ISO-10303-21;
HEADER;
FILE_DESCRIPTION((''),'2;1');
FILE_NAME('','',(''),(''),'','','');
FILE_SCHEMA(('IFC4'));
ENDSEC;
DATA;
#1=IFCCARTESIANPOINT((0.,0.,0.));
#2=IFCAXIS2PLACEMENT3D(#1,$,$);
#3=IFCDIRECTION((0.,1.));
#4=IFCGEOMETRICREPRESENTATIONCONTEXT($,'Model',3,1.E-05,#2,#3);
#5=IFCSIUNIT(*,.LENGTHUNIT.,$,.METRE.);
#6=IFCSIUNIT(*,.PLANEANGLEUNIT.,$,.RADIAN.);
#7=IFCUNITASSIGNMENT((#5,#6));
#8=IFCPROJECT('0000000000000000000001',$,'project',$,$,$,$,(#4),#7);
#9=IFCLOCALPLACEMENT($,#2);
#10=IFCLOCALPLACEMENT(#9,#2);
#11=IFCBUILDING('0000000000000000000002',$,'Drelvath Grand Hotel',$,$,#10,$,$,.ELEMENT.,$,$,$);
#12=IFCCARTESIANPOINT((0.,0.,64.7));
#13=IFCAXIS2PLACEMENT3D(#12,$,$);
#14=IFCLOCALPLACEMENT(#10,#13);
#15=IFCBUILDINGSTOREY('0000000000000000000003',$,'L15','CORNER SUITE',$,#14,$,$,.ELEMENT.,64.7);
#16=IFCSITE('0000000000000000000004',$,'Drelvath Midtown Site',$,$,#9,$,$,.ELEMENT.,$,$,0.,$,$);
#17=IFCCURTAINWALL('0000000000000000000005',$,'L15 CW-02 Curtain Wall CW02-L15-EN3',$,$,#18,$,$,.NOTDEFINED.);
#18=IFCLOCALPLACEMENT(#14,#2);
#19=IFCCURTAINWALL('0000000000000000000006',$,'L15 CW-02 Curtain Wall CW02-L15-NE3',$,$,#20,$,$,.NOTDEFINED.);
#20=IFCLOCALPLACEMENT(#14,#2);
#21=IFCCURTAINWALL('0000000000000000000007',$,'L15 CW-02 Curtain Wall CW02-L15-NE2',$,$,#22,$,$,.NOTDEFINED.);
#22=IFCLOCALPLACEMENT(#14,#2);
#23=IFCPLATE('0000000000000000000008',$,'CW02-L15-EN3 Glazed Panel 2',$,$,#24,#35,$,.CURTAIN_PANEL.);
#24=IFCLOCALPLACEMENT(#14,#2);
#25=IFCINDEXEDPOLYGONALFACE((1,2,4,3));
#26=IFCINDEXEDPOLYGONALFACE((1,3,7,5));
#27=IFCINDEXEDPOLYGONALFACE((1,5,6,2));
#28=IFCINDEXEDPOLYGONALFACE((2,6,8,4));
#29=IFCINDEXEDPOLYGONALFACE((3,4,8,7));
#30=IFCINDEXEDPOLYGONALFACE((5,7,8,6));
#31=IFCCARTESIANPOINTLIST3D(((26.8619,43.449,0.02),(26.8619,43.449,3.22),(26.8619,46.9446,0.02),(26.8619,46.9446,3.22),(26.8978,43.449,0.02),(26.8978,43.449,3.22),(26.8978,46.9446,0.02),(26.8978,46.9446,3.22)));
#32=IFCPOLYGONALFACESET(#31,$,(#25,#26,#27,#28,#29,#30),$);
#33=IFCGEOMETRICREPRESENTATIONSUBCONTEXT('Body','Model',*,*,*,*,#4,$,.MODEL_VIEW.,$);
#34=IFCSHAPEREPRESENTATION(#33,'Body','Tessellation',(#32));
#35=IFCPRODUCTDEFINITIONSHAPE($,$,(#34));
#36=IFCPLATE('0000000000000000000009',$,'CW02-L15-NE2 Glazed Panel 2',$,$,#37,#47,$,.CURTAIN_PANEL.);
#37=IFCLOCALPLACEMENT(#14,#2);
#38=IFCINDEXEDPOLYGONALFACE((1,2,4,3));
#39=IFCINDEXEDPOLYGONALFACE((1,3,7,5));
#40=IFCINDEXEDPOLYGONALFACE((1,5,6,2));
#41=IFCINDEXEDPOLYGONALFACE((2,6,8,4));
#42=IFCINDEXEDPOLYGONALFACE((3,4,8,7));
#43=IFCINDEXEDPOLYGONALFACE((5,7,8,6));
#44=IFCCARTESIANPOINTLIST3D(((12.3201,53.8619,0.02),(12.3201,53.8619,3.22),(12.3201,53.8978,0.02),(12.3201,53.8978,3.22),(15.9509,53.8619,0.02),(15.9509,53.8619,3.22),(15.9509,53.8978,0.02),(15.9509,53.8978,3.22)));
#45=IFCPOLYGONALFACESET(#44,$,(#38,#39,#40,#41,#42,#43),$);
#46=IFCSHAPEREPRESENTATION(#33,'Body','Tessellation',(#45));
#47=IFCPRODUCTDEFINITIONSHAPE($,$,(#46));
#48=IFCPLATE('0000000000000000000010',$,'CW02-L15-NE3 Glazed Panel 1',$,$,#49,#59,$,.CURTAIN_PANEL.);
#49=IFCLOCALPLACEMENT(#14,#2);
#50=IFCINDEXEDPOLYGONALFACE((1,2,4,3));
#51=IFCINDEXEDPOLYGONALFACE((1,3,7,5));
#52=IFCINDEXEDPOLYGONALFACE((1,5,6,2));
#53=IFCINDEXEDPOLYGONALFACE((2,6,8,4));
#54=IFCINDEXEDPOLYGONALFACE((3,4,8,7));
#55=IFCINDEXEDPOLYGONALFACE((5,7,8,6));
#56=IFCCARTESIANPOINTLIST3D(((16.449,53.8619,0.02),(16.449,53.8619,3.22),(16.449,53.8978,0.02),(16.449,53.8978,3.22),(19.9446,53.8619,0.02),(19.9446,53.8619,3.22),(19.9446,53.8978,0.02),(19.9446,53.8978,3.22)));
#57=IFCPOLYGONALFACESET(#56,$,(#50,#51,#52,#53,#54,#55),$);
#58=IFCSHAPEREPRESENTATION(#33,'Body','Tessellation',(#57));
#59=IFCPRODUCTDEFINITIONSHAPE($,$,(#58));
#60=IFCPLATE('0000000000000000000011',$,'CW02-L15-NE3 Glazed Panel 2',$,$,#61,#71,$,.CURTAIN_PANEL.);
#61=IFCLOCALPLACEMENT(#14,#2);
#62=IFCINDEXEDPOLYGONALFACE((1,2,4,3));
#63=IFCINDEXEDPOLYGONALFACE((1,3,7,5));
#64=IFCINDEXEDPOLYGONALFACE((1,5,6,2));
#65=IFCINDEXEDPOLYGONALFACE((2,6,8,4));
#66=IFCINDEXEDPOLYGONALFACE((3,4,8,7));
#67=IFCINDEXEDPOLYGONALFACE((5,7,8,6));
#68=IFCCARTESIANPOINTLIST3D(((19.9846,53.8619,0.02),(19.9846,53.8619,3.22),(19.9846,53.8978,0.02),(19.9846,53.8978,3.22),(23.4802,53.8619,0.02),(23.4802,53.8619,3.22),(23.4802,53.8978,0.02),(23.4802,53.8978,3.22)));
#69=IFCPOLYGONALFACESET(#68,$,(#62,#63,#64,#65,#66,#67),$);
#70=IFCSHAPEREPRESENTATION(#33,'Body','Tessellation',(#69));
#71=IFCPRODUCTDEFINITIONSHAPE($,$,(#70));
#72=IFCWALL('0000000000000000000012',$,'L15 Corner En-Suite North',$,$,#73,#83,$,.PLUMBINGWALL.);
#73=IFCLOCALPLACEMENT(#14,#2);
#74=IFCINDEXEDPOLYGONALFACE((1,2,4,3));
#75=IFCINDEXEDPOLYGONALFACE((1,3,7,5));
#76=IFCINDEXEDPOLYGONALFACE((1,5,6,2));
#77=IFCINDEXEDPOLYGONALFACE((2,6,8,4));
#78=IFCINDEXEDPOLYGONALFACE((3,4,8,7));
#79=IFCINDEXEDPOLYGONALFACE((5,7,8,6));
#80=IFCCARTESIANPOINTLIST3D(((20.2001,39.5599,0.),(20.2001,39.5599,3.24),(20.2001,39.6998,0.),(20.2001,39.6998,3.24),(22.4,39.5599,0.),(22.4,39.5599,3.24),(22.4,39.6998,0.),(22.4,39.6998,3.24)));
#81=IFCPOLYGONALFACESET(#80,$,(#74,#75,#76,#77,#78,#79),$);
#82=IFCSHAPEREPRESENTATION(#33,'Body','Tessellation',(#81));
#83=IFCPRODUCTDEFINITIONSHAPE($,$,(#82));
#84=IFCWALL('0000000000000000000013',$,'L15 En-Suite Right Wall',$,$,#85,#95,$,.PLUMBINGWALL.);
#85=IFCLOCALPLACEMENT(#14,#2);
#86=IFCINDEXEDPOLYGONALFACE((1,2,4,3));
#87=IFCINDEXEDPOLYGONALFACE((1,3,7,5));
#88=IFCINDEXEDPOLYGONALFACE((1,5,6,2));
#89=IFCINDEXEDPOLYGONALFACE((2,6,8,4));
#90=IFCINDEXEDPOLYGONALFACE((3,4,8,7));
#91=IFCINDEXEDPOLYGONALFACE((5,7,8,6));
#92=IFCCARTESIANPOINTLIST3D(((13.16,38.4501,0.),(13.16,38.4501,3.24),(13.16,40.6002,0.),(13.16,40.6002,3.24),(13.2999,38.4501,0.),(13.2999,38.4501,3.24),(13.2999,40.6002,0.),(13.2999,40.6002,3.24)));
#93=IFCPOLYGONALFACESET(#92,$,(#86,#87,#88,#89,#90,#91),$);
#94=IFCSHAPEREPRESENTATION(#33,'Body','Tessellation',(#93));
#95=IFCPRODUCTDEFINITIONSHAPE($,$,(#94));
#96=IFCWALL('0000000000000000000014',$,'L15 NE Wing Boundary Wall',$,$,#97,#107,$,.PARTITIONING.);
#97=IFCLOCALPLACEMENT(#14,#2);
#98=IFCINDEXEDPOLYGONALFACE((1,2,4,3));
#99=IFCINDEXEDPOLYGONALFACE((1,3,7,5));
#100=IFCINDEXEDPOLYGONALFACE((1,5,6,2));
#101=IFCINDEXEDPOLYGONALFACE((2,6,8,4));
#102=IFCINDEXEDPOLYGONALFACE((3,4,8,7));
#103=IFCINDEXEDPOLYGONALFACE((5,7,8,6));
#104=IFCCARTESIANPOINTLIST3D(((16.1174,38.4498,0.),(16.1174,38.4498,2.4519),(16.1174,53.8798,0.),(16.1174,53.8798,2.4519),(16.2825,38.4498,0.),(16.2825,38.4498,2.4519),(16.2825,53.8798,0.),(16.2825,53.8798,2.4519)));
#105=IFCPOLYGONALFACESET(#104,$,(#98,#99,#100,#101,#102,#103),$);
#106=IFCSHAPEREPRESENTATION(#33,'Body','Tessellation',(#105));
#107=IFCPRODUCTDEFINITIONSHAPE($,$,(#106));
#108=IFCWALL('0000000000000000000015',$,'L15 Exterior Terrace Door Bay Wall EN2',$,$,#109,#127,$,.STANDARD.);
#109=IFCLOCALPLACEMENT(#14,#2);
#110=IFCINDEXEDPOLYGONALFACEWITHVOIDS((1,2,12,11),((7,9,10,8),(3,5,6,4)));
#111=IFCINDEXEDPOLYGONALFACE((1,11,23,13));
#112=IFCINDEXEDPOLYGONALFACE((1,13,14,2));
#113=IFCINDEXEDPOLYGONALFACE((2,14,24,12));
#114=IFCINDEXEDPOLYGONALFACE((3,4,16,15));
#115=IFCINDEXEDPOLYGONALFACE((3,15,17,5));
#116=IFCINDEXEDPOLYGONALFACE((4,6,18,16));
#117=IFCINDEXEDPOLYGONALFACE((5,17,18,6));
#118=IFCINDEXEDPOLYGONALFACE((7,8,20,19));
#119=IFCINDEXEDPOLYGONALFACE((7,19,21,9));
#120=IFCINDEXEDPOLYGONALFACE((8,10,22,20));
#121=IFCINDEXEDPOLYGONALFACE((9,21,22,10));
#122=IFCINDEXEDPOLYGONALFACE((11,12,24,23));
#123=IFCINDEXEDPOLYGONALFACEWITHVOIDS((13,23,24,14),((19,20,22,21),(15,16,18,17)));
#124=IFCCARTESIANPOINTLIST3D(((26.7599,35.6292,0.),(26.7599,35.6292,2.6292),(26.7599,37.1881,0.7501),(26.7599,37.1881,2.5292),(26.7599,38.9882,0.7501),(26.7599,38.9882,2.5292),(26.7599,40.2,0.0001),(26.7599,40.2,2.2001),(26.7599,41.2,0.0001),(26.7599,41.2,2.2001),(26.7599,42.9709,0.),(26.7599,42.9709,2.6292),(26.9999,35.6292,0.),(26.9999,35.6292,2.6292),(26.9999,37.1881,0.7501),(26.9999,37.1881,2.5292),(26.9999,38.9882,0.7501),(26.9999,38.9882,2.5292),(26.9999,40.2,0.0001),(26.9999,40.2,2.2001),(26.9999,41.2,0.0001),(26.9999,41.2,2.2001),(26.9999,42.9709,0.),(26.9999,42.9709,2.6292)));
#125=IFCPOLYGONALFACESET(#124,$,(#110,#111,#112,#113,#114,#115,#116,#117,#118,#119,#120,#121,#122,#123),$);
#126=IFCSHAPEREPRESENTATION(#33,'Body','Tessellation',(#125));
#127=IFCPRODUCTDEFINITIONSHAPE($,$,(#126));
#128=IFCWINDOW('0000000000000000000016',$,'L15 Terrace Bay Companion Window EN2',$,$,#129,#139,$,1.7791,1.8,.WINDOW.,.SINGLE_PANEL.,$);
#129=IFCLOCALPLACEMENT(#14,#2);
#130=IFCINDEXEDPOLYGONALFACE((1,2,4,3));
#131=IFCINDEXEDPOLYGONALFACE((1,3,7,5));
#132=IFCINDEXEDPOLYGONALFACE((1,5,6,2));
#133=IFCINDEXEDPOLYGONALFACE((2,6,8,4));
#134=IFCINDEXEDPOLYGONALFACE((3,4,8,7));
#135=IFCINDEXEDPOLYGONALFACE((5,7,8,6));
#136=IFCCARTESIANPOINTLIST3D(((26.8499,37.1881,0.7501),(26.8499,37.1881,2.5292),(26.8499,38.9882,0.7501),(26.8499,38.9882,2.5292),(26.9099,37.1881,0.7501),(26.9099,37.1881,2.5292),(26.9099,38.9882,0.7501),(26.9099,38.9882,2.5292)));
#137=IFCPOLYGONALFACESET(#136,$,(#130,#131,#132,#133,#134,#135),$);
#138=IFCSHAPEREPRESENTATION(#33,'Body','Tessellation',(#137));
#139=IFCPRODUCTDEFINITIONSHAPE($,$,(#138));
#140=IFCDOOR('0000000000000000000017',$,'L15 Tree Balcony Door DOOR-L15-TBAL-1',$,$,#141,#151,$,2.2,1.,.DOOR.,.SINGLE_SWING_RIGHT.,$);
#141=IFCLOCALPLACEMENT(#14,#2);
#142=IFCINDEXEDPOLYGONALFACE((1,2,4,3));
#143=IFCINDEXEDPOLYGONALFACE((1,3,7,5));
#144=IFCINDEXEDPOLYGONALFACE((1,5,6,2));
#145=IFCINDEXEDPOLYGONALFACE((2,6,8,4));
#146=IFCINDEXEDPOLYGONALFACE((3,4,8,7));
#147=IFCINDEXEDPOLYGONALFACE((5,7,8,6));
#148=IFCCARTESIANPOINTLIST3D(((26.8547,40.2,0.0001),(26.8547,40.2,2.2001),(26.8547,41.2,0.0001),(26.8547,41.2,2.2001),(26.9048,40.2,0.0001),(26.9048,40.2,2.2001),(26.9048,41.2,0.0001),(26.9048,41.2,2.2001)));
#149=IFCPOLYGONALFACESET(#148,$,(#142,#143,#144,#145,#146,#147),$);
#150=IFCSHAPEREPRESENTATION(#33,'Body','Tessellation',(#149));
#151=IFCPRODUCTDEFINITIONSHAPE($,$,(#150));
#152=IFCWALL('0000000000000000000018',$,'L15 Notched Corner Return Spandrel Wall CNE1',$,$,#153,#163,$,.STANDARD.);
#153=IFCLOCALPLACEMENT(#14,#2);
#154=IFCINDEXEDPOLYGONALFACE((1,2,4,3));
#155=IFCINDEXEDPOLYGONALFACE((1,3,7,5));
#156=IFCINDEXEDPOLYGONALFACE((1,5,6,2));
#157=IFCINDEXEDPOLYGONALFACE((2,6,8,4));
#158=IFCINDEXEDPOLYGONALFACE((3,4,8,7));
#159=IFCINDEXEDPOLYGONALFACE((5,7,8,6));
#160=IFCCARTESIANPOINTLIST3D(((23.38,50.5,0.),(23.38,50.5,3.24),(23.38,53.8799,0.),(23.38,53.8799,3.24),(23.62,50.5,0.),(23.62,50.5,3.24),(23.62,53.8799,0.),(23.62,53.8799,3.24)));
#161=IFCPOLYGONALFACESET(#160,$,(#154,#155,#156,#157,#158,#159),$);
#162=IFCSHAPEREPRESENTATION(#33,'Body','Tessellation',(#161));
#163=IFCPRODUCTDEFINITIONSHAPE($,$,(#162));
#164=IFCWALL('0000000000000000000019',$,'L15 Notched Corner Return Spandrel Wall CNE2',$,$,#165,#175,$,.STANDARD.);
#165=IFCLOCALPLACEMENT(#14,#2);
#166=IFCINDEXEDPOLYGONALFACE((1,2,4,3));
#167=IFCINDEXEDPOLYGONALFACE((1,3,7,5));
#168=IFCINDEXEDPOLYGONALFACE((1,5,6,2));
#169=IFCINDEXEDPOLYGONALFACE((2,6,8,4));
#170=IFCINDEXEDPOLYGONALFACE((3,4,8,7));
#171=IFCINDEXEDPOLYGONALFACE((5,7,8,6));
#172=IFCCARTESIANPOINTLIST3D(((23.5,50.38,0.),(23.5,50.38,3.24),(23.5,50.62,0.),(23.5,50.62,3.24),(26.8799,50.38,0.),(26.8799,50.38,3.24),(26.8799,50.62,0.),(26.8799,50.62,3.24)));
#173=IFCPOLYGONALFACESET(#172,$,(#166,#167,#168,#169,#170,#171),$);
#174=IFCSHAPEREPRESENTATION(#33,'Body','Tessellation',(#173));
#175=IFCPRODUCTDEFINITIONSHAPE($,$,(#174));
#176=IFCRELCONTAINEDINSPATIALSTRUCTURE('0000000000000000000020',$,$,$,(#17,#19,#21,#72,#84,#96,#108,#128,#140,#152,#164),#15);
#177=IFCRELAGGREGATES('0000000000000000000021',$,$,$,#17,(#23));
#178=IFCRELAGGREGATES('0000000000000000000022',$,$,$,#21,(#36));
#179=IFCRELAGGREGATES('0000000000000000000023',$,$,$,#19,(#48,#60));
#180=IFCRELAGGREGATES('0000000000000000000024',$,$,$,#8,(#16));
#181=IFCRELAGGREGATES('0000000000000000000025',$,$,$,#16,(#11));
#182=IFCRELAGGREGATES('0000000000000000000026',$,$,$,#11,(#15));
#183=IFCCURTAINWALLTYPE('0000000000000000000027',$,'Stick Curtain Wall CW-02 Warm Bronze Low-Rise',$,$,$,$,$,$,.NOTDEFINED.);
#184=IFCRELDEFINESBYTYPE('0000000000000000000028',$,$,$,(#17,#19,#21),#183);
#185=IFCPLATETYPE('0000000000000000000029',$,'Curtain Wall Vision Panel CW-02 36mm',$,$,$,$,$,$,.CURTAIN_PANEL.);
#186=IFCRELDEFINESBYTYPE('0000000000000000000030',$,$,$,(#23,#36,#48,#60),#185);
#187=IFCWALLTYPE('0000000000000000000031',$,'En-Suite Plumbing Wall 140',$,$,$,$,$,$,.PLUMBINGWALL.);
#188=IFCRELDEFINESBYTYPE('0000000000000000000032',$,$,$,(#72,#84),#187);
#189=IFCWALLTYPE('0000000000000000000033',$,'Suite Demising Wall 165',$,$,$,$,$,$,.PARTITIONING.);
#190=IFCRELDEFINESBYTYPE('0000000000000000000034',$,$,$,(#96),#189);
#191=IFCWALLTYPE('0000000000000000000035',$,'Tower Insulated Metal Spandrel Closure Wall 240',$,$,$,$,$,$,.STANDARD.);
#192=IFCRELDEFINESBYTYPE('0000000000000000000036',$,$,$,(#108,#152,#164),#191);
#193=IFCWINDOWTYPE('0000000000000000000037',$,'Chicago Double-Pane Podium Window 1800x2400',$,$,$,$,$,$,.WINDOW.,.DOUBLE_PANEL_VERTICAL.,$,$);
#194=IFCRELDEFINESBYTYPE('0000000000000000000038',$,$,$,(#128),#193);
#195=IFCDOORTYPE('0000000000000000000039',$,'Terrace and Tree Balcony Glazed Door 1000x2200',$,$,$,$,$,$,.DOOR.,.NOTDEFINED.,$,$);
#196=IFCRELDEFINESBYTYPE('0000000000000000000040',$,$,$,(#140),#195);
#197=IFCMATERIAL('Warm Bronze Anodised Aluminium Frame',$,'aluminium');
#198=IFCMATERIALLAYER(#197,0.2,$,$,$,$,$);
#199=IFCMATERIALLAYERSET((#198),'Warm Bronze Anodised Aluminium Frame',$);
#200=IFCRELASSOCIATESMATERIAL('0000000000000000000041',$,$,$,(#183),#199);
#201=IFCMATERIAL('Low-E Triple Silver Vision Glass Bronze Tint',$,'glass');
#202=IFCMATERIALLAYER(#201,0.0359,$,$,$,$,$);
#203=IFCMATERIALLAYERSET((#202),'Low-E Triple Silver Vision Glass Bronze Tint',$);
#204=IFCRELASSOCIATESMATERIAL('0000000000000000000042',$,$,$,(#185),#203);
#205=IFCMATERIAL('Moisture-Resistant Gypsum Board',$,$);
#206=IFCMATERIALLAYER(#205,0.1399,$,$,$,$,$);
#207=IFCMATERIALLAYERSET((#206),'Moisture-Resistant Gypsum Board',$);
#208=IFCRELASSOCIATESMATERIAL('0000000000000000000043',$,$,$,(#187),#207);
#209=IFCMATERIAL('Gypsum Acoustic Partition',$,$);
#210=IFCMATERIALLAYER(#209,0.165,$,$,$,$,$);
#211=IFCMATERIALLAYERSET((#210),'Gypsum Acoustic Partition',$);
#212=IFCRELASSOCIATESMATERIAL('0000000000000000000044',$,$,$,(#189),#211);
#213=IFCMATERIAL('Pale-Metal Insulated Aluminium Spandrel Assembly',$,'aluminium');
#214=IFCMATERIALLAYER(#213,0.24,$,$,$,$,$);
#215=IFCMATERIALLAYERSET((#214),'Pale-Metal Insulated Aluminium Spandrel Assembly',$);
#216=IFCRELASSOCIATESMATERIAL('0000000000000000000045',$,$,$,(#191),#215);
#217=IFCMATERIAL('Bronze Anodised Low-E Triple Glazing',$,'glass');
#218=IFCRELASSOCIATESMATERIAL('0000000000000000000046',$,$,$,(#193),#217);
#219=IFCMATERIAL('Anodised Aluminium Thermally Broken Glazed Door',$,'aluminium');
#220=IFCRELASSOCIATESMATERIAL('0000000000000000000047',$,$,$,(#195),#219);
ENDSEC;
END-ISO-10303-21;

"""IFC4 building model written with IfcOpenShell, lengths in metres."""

from ifc_helpers import new_model, si_unit, direction, frame, frame_2d, origin, origin_2d, place, context, subcontext, project, spatial, rectangle, extrude, material, layer, layer_set, type_object, element, fill, aggregate, save


model = new_model("IFC4")

# Units and contexts
model_context = context("Model", 3, precision=1e-05, world=origin(), true_north=direction((0.0, 1.0)))
body_context = subcontext(model_context, "Body", "Model", "MODEL_VIEW")
ifc_project = project(units=[si_unit("LENGTHUNIT", "METRE"), si_unit("PLANEANGLEUNIT", "RADIAN")], contexts=[model_context])

# Site, building, storey
site_placement = place(None, origin())
site = spatial("IfcSite", under=ifc_project, at=site_placement, Name="Drelvath Midtown Site", CompositionType="ELEMENT", RefElevation=0.0)
building_placement = place(site_placement, origin())
building = spatial("IfcBuilding", under=site, at=building_placement, Name="Drelvath Grand Hotel", CompositionType="ELEMENT")
storey_placement = place(building_placement, frame((0.0, 0.0, 64.7)))
storey = spatial("IfcBuildingStorey", under=building, at=storey_placement, Name="L15", Description="CORNER SUITE", CompositionType="ELEMENT", Elevation=64.7)

# Curtain walls
ifc_material_1 = material(Name="Warm Bronze Anodised Aluminium Frame", Category="aluminium")
ifc_layer_1 = layer(ifc_material_1, 0.2)
ifc_layer_set_1 = layer_set([ifc_layer_1], Name="Warm Bronze Anodised Aluminium Frame")
curtain_wall_type = type_object("IfcCurtainWallType", Name="Stick Curtain Wall CW-02 Warm Bronze Low-Rise", PredefinedType="NOTDEFINED", material=ifc_layer_set_1)
curtain_wall_1_placement = place(storey_placement, origin())
curtain_wall_1 = element("IfcCurtainWall", 1, at=curtain_wall_1_placement, inside=storey, type_object=curtain_wall_type, Name="L15 CW-02 Curtain Wall CW02-L15-EN3", PredefinedType="NOTDEFINED")
curtain_wall_2_placement = place(storey_placement, origin())
curtain_wall_2 = element("IfcCurtainWall", 2, at=curtain_wall_2_placement, inside=storey, type_object=curtain_wall_type, Name="L15 CW-02 Curtain Wall CW02-L15-NE3", PredefinedType="NOTDEFINED")

# Curtain wall
curtain_wall_3_placement = place(storey_placement, origin())
curtain_wall_3 = element("IfcCurtainWall", 3, at=curtain_wall_3_placement, inside=storey, type_object=curtain_wall_type, Name="L15 CW-02 Curtain Wall CW02-L15-NE2", PredefinedType="NOTDEFINED")

# Plates
ifc_material_2 = material(Name="Low-E Triple Silver Vision Glass Bronze Tint", Category="glass")
ifc_layer_2 = layer(ifc_material_2, 0.0359)
ifc_layer_set_2 = layer_set([ifc_layer_2], Name="Low-E Triple Silver Vision Glass Bronze Tint")
plate_type = type_object("IfcPlateType", Name="Curtain Wall Vision Panel CW-02 36mm", PredefinedType="CURTAIN_PANEL", material=ifc_layer_set_2)
plate_1_placement = place(storey_placement, frame((26.8799, 45.1968, 0.02), z_axis=(0.0, 0.0, 1.0), x_axis=(0.0, -1.0, 0.0)))
plate_1 = element("IfcPlate", 4, at=plate_1_placement, type_object=plate_type, Name="CW02-L15-EN3 Glazed Panel 2", PredefinedType="CURTAIN_PANEL", context=body_context, shape_type="SweptSolid", body=[
    extrude(rectangle(XDim=3.4956, YDim=0.0359, at=origin_2d()), origin(), (0.0, 0.0, 1.0), 3.2),
])
aggregate(curtain_wall_1, [plate_1])
plate_2_placement = place(storey_placement, frame((14.1355, 53.8799, 0.02), z_axis=(0.0, 0.0, 1.0), x_axis=(1.0, 0.0, 0.0)))
plate_2 = element("IfcPlate", 5, at=plate_2_placement, type_object=plate_type, Name="CW02-L15-NE2 Glazed Panel 2", PredefinedType="CURTAIN_PANEL", context=body_context, shape_type="SweptSolid", body=[
    extrude(rectangle(XDim=3.6309, YDim=0.0359, at=origin_2d()), origin(), (0.0, 0.0, 1.0), 3.2),
])
aggregate(curtain_wall_3, [plate_2])
plate_3_placement = place(storey_placement, frame((18.1968, 53.8799, 0.02), z_axis=(0.0, 0.0, 1.0), x_axis=(1.0, 0.0, 0.0)))
plate_3 = element("IfcPlate", 6, at=plate_3_placement, type_object=plate_type, Name="CW02-L15-NE3 Glazed Panel 1", PredefinedType="CURTAIN_PANEL", context=body_context, shape_type="SweptSolid", body=[
    extrude(rectangle(XDim=3.4956, YDim=0.0359, at=origin_2d()), origin(), (0.0, 0.0, 1.0), 3.2),
])
plate_4_placement = place(storey_placement, frame((21.7324, 53.8799, 0.02), z_axis=(0.0, 0.0, 1.0), x_axis=(1.0, 0.0, 0.0)))
plate_4 = element("IfcPlate", 7, at=plate_4_placement, type_object=plate_type, Name="CW02-L15-NE3 Glazed Panel 2", PredefinedType="CURTAIN_PANEL", context=body_context, shape_type="SweptSolid", body=[
    extrude(rectangle(XDim=3.4956, YDim=0.0359, at=origin_2d()), origin(), (0.0, 0.0, 1.0), 3.2),
])
aggregate(curtain_wall_2, [plate_3, plate_4])

# Walls
ifc_material_3 = material(Name="Moisture-Resistant Gypsum Board")
ifc_layer_3 = layer(ifc_material_3, 0.1399)
ifc_layer_set_3 = layer_set([ifc_layer_3], Name="Moisture-Resistant Gypsum Board")
wall_type_1 = type_object("IfcWallType", Name="En-Suite Plumbing Wall 140", PredefinedType="PLUMBINGWALL", material=ifc_layer_set_3)
wall_1_placement = place(storey_placement, frame((20.2, 39.6299, 0.0), z_axis=(0.0, 0.0, 1.0), x_axis=(1.0, 0.0, 0.0)))
element("IfcWall", 8, at=wall_1_placement, inside=storey, type_object=wall_type_1, Name="L15 Corner En-Suite North", PredefinedType="PLUMBINGWALL", context=body_context, shape_type="SweptSolid", body=[
    extrude(rectangle(XDim=2.2, YDim=0.1399, at=frame_2d((1.1001, 0.0))), origin(), (0.0, 0.0, 1.0), 3.24),
])
wall_2_placement = place(storey_placement, frame((13.23, 38.45, 0.0), z_axis=(0.0, 0.0, 1.0), x_axis=(0.0, 1.0, 0.0)))
element("IfcWall", 9, at=wall_2_placement, inside=storey, type_object=wall_type_1, Name="L15 En-Suite Right Wall", PredefinedType="PLUMBINGWALL", context=body_context, shape_type="SweptSolid", body=[
    extrude(rectangle(XDim=2.1501, YDim=0.1399, at=frame_2d((1.0752, 0.0))), origin(), (0.0, 0.0, 1.0), 3.24),
])
ifc_material_4 = material(Name="Gypsum Acoustic Partition")
ifc_layer_4 = layer(ifc_material_4, 0.165)
ifc_layer_set_4 = layer_set([ifc_layer_4], Name="Gypsum Acoustic Partition")
wall_type_2 = type_object("IfcWallType", Name="Suite Demising Wall 165", PredefinedType="PARTITIONING", material=ifc_layer_set_4)
wall_3_placement = place(storey_placement, frame((16.2, 38.45, 0.0), z_axis=(0.0, 0.0, 1.0), x_axis=(0.0, 1.0, 0.0)))
element("IfcWall", 10, at=wall_3_placement, inside=storey, type_object=wall_type_2, Name="L15 NE Wing Boundary Wall", PredefinedType="PARTITIONING", context=body_context, shape_type="SweptSolid", body=[
    extrude(rectangle(XDim=15.4299, YDim=0.165, at=frame_2d((7.7148, 0.0))), origin(), (0.0, 0.0, 1.0), 2.4519),
])

# Wall, openings, window, door
ifc_material_5 = material(Name="Pale-Metal Insulated Aluminium Spandrel Assembly", Category="aluminium")
ifc_layer_5 = layer(ifc_material_5, 0.24)
ifc_layer_set_5 = layer_set([ifc_layer_5], Name="Pale-Metal Insulated Aluminium Spandrel Assembly")
wall_type_3 = type_object("IfcWallType", Name="Tower Insulated Metal Spandrel Closure Wall 240", PredefinedType="STANDARD", material=ifc_layer_set_5)
wall_4_placement = place(storey_placement, frame((26.8799, 42.9709, 0.0), z_axis=(0.0, 0.0, 1.0), x_axis=(0.0, -1.0, 0.0)))
wall_4 = element("IfcWall", 11, at=wall_4_placement, inside=storey, type_object=wall_type_3, Name="L15 Exterior Terrace Door Bay Wall EN2", PredefinedType="STANDARD", context=body_context, shape_type="SweptSolid", body=[
    extrude(rectangle(XDim=7.3418, YDim=0.24, at=frame_2d((3.6709, 0.0))), origin(), (0.0, 0.0, 1.0), 2.6292),
])
opening_1_placement = place(wall_4_placement, frame((1.771, 0.0, 0.0)))
opening_1 = element("IfcOpeningElement", 12, at=opening_1_placement, cuts=wall_4, PredefinedType="OPENING", context=body_context, shape_type="SweptSolid", body=[
    extrude(rectangle(XDim=1.0, YDim=2.2, at=frame_2d((0.5, 1.1001))), frame((0.0, 0.1299, 0.0), z_axis=(0.0, -1.0, 0.0), x_axis=(1.0, 0.0, 0.0)), (0.0, 0.0, 1.0), 0.26),
])
opening_2_placement = place(wall_4_placement, frame((3.9829, 0.0, 0.75)))
opening_2 = element("IfcOpeningElement", 13, at=opening_2_placement, cuts=wall_4, PredefinedType="OPENING", context=body_context, shape_type="SweptSolid", body=[
    extrude(rectangle(XDim=1.8, YDim=1.7791, at=frame_2d((0.8999, 0.8896))), frame((0.0, 0.1299, 0.0), z_axis=(0.0, -1.0, 0.0), x_axis=(1.0, 0.0, 0.0)), (0.0, 0.0, 1.0), 0.26),
])
ifc_material_6 = material(Name="Bronze Anodised Low-E Triple Glazing", Category="glass")
window_type = type_object("IfcWindowType", Name="Chicago Double-Pane Podium Window 1800x2400", PartitioningType="DOUBLE_PANEL_VERTICAL", PredefinedType="WINDOW", material=ifc_material_6)
window_placement = place(opening_2_placement, origin())
window = element("IfcWindow", 14, at=window_placement, inside=storey, type_object=window_type, Name="L15 Terrace Bay Companion Window EN2", OverallHeight=1.7791, OverallWidth=1.8, PartitioningType="SINGLE_PANEL", PredefinedType="WINDOW", context=body_context, shape_type="SweptSolid", body=[
    extrude(rectangle(XDim=1.8, YDim=1.7791, at=frame_2d((0.8999, 0.8896))), frame((0.0, 0.03, 0.0), z_axis=(0.0, -1.0, 0.0), x_axis=(1.0, 0.0, 0.0)), (0.0, 0.0, 1.0), 0.0601),
])
fill(opening_2, window)
ifc_material_7 = material(Name="Anodised Aluminium Thermally Broken Glazed Door", Category="aluminium")
door_type = type_object("IfcDoorType", Name="Terrace and Tree Balcony Glazed Door 1000x2200", OperationType="NOTDEFINED", PredefinedType="DOOR", material=ifc_material_7)
door_placement = place(opening_1_placement, origin())
door = element("IfcDoor", 15, at=door_placement, inside=storey, type_object=door_type, Name="L15 Tree Balcony Door DOOR-L15-TBAL-1", OperationType="SINGLE_SWING_RIGHT", OverallHeight=2.2, OverallWidth=1.0, PredefinedType="DOOR", context=body_context, shape_type="SweptSolid", body=[
    extrude(rectangle(XDim=1.0, YDim=2.2, at=frame_2d((0.5, 1.1001))), frame((0.0, 0.0249, 0.0), z_axis=(0.0, -1.0, 0.0), x_axis=(1.0, 0.0, 0.0)), (0.0, 0.0, 1.0), 0.05),
])
fill(opening_1, door)

# Walls
for number, where, z_axis, x_axis, name in (
    (16, (23.5, 53.8799, 0.0), (0.0, 0.0, 1.0), (0.0, -1.0, 0.0), "L15 Notched Corner Return Spandrel Wall CNE1"),
    (17, (23.5, 50.5, 0.0), (0.0, 0.0, 1.0), (1.0, 0.0, 0.0), "L15 Notched Corner Return Spandrel Wall CNE2"),
):
    element("IfcWall", number, at=place(storey_placement, frame(where, z_axis=z_axis, x_axis=x_axis)), inside=storey, type_object=wall_type_3, Name=name, PredefinedType="STANDARD", context=body_context, shape_type="SweptSolid", body=[
        extrude(rectangle(XDim=3.3799, YDim=0.24, at=frame_2d((1.6899, 0.0))), origin(), (0.0, 0.0, 1.0), 3.24),
    ])

save(model, "model.ifc")
